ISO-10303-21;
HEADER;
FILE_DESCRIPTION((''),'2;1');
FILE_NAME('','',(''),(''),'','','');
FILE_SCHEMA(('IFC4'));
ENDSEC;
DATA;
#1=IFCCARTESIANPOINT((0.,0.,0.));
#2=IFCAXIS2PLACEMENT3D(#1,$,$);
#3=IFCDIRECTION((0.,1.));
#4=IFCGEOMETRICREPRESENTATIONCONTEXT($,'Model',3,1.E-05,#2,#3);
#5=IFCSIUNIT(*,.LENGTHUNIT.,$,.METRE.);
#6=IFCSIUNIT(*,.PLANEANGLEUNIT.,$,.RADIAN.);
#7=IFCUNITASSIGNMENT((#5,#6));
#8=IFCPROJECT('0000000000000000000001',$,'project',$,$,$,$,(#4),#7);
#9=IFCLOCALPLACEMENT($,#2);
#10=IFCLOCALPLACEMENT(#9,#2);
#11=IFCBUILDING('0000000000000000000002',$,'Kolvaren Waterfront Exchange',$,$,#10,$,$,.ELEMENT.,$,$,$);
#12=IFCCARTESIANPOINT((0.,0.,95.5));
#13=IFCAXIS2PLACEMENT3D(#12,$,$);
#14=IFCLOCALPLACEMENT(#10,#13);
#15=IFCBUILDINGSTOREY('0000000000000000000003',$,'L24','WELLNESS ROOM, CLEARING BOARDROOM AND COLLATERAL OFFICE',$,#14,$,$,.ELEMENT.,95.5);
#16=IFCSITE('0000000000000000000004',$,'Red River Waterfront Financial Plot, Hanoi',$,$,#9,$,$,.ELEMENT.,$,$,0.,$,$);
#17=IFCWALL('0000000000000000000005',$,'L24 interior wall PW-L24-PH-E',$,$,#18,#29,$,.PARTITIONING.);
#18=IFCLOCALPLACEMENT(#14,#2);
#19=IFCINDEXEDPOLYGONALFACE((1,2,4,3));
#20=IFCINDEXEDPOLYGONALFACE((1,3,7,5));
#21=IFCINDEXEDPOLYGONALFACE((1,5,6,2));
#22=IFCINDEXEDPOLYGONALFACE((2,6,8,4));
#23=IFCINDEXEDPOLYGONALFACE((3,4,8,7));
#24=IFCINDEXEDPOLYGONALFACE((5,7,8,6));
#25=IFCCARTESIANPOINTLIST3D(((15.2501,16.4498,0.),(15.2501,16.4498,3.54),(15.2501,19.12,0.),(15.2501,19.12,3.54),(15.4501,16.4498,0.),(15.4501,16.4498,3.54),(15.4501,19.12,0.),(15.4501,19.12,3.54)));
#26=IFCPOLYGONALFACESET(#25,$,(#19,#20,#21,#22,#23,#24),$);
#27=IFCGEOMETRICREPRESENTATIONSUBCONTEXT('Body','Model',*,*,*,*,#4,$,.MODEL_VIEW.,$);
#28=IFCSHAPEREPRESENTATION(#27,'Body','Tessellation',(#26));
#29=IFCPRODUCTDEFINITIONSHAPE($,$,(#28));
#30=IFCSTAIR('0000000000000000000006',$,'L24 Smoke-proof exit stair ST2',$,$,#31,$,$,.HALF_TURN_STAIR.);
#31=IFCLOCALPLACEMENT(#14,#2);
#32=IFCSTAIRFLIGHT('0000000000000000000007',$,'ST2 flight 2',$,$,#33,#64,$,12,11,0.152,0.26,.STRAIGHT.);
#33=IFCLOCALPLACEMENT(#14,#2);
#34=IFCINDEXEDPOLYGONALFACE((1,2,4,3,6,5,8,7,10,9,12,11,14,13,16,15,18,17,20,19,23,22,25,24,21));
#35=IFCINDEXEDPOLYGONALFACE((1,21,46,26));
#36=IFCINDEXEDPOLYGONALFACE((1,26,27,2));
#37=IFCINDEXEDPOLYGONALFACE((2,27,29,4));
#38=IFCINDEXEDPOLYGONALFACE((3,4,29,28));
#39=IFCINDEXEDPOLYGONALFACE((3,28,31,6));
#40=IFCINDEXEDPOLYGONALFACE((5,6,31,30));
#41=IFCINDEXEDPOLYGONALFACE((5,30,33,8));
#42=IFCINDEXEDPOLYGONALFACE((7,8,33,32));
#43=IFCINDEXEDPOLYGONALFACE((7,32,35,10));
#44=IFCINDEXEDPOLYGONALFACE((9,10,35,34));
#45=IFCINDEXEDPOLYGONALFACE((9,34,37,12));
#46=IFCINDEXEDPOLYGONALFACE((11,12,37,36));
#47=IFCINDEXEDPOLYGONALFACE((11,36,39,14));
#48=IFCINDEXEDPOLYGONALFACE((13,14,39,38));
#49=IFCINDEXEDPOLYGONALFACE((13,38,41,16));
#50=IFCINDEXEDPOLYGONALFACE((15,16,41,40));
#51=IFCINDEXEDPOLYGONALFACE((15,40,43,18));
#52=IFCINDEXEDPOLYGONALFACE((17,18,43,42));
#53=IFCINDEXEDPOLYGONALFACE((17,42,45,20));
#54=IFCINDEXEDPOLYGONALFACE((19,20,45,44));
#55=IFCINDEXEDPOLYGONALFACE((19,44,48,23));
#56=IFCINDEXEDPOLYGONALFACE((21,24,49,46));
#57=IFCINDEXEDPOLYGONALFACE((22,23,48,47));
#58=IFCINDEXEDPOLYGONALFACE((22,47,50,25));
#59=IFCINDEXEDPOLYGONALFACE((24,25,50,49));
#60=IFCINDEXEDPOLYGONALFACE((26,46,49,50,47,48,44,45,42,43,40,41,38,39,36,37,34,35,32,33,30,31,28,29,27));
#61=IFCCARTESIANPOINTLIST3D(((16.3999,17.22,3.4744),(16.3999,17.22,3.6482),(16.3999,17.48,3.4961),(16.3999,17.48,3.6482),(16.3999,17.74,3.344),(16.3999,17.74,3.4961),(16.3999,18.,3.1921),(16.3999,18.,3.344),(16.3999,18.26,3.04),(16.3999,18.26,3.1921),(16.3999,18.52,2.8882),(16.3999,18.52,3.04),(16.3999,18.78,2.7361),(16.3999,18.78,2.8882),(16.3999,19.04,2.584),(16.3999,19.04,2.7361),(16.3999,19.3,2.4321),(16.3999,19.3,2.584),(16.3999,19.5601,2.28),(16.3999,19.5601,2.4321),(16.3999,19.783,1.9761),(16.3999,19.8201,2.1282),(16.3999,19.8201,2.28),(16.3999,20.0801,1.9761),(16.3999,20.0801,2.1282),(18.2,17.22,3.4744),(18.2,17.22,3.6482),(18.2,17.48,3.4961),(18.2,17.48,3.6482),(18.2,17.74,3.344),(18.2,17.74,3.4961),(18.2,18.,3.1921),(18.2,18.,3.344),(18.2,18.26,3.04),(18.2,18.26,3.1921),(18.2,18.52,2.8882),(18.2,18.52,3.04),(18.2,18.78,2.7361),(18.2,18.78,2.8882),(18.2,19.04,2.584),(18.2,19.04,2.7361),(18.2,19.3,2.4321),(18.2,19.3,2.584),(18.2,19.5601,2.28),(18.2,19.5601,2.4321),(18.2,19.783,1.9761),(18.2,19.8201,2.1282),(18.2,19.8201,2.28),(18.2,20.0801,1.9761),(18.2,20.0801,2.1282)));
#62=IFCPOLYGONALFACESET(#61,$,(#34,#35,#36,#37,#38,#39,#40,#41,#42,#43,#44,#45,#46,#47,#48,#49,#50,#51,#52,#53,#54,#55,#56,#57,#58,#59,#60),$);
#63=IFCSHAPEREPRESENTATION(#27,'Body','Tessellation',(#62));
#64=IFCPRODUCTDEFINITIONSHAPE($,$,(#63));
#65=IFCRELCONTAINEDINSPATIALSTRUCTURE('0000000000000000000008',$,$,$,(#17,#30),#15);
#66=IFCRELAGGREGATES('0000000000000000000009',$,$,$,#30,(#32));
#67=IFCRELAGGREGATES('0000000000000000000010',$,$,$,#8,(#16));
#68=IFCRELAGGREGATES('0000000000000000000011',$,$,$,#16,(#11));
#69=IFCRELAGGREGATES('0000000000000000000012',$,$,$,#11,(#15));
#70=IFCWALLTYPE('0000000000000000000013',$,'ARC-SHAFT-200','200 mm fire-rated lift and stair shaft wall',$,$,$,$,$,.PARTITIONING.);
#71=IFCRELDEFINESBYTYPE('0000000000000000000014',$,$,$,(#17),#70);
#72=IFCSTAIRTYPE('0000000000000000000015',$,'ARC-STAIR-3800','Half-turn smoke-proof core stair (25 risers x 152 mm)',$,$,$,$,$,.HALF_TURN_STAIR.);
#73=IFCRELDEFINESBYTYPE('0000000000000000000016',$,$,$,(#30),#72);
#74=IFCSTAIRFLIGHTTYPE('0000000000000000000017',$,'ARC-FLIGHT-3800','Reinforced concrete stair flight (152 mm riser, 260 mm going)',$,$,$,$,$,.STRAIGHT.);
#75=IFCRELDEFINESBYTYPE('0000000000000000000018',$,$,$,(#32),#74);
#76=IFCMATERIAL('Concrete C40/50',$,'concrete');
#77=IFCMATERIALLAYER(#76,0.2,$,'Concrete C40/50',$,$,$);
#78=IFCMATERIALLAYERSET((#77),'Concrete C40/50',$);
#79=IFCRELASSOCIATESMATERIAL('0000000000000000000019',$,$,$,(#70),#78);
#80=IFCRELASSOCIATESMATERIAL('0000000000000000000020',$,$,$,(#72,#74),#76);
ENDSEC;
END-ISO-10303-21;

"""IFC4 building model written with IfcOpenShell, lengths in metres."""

from ifc_helpers import new_model, si_unit, direction, frame, frame_2d, origin, place, context, subcontext, project, spatial, polyline, rectangle, outline, extrude, material, layer, layer_set, type_object, element, aggregate, save


model = new_model("IFC4")

# Units and contexts
model_context = context("Model", 3, precision=1e-05, world=origin(), true_north=direction((0.0, 1.0)))
body_context = subcontext(model_context, "Body", "Model", "MODEL_VIEW")
ifc_project = project(units=[si_unit("LENGTHUNIT", "METRE"), si_unit("PLANEANGLEUNIT", "RADIAN")], contexts=[model_context])

# Site, building, storey
site_placement = place(None, origin())
site = spatial("IfcSite", under=ifc_project, at=site_placement, Name="Red River Waterfront Financial Plot, Hanoi", CompositionType="ELEMENT", RefElevation=0.0)
building_placement = place(site_placement, origin())
building = spatial("IfcBuilding", under=site, at=building_placement, Name="Kolvaren Waterfront Exchange", CompositionType="ELEMENT")
storey_placement = place(building_placement, frame((0.0, 0.0, 95.5)))
storey = spatial("IfcBuildingStorey", under=building, at=storey_placement, Name="L24", Description="WELLNESS ROOM, CLEARING BOARDROOM AND COLLATERAL OFFICE", CompositionType="ELEMENT", Elevation=95.5)

# Wall
ifc_material_1 = material(Name="Concrete C40/50", Category="concrete")
ifc_layer_1 = layer(ifc_material_1, 0.2, Name="Concrete C40/50")
ifc_layer_set_1 = layer_set([ifc_layer_1], Name="Concrete C40/50")
wall_type_1 = type_object("IfcWallType", Name="ARC-SHAFT-200", Description="200 mm fire-rated lift and stair shaft wall", PredefinedType="PARTITIONING", material=ifc_layer_set_1)
wall_1_placement = place(storey_placement, frame((15.3501, 16.45, 0.0), z_axis=(0.0, 0.0, 1.0), x_axis=(0.0, 1.0, 0.0)))
element("IfcWall", 1, at=wall_1_placement, inside=storey, type_object=wall_type_1, Name="L24 interior wall PW-L24-PH-E", PredefinedType="PARTITIONING", context=body_context, shape_type="SweptSolid", body=[
    extrude(rectangle(XDim=2.6702, YDim=0.2, at=frame_2d((1.335, 0.0))), origin(), (0.0, 0.0, 1.0), 3.54),
])

# Stair, stair flight
stair_type = type_object("IfcStairType", Name="ARC-STAIR-3800", Description="Half-turn smoke-proof core stair (25 risers x 152 mm)", PredefinedType="HALF_TURN_STAIR", material=ifc_material_1)
stair_placement = place(storey_placement, origin())
stair = element("IfcStair", 2, at=stair_placement, inside=storey, type_object=stair_type, Name="L24 Smoke-proof exit stair ST2", PredefinedType="HALF_TURN_STAIR")
stair_flight_type = type_object("IfcStairFlightType", Name="ARC-FLIGHT-3800", Description="Reinforced concrete stair flight (152 mm riser, 260 mm going)", PredefinedType="STRAIGHT", material=ifc_material_1)
stair_flight_placement = place(storey_placement, frame((17.3, 20.0801, 1.9761), z_axis=(0.0, 0.0, 1.0), x_axis=(0.0, -1.0, 0.0)))
stair_flight = element("IfcStairFlight", 3, at=stair_flight_placement, type_object=stair_flight_type, Name="ST2 flight 2", NumberOfRisers=12, NumberOfTreads=11, PredefinedType="STRAIGHT", RiserHeight=0.152, TreadLength=0.26, context=body_context, shape_type="SweptSolid", body=[
    extrude(outline(polyline([(0.0, 0.0), (0.0, 0.1521), (0.26, 0.1521), (0.26, 0.304), (0.52, 0.304), (0.52, 0.4561), (0.78, 0.4561), (0.78, 0.6079), (1.04, 0.6079), (1.04, 0.76), (1.3, 0.76), (1.3, 0.9121), (1.5601, 0.9121), (1.5601, 1.064), (1.8201, 1.064), (1.8201, 1.2161), (2.0801, 1.2161), (2.0801, 1.3679), (2.3401, 1.3679), (2.3401, 1.52), (2.6001, 1.52), (2.6001, 1.6721), (2.8601, 1.6721), (2.8601, 1.824), (2.8601, 1.4983), (0.2971, 0.0), (0.0, 0.0)])), frame((0.0, 0.8999, 0.0), z_axis=(0.0, -1.0, 0.0), x_axis=(1.0, 0.0, 0.0)), (0.0, 0.0, 1.0), 1.8),
])
aggregate(stair, [stair_flight])

save(model, "model.ifc")
